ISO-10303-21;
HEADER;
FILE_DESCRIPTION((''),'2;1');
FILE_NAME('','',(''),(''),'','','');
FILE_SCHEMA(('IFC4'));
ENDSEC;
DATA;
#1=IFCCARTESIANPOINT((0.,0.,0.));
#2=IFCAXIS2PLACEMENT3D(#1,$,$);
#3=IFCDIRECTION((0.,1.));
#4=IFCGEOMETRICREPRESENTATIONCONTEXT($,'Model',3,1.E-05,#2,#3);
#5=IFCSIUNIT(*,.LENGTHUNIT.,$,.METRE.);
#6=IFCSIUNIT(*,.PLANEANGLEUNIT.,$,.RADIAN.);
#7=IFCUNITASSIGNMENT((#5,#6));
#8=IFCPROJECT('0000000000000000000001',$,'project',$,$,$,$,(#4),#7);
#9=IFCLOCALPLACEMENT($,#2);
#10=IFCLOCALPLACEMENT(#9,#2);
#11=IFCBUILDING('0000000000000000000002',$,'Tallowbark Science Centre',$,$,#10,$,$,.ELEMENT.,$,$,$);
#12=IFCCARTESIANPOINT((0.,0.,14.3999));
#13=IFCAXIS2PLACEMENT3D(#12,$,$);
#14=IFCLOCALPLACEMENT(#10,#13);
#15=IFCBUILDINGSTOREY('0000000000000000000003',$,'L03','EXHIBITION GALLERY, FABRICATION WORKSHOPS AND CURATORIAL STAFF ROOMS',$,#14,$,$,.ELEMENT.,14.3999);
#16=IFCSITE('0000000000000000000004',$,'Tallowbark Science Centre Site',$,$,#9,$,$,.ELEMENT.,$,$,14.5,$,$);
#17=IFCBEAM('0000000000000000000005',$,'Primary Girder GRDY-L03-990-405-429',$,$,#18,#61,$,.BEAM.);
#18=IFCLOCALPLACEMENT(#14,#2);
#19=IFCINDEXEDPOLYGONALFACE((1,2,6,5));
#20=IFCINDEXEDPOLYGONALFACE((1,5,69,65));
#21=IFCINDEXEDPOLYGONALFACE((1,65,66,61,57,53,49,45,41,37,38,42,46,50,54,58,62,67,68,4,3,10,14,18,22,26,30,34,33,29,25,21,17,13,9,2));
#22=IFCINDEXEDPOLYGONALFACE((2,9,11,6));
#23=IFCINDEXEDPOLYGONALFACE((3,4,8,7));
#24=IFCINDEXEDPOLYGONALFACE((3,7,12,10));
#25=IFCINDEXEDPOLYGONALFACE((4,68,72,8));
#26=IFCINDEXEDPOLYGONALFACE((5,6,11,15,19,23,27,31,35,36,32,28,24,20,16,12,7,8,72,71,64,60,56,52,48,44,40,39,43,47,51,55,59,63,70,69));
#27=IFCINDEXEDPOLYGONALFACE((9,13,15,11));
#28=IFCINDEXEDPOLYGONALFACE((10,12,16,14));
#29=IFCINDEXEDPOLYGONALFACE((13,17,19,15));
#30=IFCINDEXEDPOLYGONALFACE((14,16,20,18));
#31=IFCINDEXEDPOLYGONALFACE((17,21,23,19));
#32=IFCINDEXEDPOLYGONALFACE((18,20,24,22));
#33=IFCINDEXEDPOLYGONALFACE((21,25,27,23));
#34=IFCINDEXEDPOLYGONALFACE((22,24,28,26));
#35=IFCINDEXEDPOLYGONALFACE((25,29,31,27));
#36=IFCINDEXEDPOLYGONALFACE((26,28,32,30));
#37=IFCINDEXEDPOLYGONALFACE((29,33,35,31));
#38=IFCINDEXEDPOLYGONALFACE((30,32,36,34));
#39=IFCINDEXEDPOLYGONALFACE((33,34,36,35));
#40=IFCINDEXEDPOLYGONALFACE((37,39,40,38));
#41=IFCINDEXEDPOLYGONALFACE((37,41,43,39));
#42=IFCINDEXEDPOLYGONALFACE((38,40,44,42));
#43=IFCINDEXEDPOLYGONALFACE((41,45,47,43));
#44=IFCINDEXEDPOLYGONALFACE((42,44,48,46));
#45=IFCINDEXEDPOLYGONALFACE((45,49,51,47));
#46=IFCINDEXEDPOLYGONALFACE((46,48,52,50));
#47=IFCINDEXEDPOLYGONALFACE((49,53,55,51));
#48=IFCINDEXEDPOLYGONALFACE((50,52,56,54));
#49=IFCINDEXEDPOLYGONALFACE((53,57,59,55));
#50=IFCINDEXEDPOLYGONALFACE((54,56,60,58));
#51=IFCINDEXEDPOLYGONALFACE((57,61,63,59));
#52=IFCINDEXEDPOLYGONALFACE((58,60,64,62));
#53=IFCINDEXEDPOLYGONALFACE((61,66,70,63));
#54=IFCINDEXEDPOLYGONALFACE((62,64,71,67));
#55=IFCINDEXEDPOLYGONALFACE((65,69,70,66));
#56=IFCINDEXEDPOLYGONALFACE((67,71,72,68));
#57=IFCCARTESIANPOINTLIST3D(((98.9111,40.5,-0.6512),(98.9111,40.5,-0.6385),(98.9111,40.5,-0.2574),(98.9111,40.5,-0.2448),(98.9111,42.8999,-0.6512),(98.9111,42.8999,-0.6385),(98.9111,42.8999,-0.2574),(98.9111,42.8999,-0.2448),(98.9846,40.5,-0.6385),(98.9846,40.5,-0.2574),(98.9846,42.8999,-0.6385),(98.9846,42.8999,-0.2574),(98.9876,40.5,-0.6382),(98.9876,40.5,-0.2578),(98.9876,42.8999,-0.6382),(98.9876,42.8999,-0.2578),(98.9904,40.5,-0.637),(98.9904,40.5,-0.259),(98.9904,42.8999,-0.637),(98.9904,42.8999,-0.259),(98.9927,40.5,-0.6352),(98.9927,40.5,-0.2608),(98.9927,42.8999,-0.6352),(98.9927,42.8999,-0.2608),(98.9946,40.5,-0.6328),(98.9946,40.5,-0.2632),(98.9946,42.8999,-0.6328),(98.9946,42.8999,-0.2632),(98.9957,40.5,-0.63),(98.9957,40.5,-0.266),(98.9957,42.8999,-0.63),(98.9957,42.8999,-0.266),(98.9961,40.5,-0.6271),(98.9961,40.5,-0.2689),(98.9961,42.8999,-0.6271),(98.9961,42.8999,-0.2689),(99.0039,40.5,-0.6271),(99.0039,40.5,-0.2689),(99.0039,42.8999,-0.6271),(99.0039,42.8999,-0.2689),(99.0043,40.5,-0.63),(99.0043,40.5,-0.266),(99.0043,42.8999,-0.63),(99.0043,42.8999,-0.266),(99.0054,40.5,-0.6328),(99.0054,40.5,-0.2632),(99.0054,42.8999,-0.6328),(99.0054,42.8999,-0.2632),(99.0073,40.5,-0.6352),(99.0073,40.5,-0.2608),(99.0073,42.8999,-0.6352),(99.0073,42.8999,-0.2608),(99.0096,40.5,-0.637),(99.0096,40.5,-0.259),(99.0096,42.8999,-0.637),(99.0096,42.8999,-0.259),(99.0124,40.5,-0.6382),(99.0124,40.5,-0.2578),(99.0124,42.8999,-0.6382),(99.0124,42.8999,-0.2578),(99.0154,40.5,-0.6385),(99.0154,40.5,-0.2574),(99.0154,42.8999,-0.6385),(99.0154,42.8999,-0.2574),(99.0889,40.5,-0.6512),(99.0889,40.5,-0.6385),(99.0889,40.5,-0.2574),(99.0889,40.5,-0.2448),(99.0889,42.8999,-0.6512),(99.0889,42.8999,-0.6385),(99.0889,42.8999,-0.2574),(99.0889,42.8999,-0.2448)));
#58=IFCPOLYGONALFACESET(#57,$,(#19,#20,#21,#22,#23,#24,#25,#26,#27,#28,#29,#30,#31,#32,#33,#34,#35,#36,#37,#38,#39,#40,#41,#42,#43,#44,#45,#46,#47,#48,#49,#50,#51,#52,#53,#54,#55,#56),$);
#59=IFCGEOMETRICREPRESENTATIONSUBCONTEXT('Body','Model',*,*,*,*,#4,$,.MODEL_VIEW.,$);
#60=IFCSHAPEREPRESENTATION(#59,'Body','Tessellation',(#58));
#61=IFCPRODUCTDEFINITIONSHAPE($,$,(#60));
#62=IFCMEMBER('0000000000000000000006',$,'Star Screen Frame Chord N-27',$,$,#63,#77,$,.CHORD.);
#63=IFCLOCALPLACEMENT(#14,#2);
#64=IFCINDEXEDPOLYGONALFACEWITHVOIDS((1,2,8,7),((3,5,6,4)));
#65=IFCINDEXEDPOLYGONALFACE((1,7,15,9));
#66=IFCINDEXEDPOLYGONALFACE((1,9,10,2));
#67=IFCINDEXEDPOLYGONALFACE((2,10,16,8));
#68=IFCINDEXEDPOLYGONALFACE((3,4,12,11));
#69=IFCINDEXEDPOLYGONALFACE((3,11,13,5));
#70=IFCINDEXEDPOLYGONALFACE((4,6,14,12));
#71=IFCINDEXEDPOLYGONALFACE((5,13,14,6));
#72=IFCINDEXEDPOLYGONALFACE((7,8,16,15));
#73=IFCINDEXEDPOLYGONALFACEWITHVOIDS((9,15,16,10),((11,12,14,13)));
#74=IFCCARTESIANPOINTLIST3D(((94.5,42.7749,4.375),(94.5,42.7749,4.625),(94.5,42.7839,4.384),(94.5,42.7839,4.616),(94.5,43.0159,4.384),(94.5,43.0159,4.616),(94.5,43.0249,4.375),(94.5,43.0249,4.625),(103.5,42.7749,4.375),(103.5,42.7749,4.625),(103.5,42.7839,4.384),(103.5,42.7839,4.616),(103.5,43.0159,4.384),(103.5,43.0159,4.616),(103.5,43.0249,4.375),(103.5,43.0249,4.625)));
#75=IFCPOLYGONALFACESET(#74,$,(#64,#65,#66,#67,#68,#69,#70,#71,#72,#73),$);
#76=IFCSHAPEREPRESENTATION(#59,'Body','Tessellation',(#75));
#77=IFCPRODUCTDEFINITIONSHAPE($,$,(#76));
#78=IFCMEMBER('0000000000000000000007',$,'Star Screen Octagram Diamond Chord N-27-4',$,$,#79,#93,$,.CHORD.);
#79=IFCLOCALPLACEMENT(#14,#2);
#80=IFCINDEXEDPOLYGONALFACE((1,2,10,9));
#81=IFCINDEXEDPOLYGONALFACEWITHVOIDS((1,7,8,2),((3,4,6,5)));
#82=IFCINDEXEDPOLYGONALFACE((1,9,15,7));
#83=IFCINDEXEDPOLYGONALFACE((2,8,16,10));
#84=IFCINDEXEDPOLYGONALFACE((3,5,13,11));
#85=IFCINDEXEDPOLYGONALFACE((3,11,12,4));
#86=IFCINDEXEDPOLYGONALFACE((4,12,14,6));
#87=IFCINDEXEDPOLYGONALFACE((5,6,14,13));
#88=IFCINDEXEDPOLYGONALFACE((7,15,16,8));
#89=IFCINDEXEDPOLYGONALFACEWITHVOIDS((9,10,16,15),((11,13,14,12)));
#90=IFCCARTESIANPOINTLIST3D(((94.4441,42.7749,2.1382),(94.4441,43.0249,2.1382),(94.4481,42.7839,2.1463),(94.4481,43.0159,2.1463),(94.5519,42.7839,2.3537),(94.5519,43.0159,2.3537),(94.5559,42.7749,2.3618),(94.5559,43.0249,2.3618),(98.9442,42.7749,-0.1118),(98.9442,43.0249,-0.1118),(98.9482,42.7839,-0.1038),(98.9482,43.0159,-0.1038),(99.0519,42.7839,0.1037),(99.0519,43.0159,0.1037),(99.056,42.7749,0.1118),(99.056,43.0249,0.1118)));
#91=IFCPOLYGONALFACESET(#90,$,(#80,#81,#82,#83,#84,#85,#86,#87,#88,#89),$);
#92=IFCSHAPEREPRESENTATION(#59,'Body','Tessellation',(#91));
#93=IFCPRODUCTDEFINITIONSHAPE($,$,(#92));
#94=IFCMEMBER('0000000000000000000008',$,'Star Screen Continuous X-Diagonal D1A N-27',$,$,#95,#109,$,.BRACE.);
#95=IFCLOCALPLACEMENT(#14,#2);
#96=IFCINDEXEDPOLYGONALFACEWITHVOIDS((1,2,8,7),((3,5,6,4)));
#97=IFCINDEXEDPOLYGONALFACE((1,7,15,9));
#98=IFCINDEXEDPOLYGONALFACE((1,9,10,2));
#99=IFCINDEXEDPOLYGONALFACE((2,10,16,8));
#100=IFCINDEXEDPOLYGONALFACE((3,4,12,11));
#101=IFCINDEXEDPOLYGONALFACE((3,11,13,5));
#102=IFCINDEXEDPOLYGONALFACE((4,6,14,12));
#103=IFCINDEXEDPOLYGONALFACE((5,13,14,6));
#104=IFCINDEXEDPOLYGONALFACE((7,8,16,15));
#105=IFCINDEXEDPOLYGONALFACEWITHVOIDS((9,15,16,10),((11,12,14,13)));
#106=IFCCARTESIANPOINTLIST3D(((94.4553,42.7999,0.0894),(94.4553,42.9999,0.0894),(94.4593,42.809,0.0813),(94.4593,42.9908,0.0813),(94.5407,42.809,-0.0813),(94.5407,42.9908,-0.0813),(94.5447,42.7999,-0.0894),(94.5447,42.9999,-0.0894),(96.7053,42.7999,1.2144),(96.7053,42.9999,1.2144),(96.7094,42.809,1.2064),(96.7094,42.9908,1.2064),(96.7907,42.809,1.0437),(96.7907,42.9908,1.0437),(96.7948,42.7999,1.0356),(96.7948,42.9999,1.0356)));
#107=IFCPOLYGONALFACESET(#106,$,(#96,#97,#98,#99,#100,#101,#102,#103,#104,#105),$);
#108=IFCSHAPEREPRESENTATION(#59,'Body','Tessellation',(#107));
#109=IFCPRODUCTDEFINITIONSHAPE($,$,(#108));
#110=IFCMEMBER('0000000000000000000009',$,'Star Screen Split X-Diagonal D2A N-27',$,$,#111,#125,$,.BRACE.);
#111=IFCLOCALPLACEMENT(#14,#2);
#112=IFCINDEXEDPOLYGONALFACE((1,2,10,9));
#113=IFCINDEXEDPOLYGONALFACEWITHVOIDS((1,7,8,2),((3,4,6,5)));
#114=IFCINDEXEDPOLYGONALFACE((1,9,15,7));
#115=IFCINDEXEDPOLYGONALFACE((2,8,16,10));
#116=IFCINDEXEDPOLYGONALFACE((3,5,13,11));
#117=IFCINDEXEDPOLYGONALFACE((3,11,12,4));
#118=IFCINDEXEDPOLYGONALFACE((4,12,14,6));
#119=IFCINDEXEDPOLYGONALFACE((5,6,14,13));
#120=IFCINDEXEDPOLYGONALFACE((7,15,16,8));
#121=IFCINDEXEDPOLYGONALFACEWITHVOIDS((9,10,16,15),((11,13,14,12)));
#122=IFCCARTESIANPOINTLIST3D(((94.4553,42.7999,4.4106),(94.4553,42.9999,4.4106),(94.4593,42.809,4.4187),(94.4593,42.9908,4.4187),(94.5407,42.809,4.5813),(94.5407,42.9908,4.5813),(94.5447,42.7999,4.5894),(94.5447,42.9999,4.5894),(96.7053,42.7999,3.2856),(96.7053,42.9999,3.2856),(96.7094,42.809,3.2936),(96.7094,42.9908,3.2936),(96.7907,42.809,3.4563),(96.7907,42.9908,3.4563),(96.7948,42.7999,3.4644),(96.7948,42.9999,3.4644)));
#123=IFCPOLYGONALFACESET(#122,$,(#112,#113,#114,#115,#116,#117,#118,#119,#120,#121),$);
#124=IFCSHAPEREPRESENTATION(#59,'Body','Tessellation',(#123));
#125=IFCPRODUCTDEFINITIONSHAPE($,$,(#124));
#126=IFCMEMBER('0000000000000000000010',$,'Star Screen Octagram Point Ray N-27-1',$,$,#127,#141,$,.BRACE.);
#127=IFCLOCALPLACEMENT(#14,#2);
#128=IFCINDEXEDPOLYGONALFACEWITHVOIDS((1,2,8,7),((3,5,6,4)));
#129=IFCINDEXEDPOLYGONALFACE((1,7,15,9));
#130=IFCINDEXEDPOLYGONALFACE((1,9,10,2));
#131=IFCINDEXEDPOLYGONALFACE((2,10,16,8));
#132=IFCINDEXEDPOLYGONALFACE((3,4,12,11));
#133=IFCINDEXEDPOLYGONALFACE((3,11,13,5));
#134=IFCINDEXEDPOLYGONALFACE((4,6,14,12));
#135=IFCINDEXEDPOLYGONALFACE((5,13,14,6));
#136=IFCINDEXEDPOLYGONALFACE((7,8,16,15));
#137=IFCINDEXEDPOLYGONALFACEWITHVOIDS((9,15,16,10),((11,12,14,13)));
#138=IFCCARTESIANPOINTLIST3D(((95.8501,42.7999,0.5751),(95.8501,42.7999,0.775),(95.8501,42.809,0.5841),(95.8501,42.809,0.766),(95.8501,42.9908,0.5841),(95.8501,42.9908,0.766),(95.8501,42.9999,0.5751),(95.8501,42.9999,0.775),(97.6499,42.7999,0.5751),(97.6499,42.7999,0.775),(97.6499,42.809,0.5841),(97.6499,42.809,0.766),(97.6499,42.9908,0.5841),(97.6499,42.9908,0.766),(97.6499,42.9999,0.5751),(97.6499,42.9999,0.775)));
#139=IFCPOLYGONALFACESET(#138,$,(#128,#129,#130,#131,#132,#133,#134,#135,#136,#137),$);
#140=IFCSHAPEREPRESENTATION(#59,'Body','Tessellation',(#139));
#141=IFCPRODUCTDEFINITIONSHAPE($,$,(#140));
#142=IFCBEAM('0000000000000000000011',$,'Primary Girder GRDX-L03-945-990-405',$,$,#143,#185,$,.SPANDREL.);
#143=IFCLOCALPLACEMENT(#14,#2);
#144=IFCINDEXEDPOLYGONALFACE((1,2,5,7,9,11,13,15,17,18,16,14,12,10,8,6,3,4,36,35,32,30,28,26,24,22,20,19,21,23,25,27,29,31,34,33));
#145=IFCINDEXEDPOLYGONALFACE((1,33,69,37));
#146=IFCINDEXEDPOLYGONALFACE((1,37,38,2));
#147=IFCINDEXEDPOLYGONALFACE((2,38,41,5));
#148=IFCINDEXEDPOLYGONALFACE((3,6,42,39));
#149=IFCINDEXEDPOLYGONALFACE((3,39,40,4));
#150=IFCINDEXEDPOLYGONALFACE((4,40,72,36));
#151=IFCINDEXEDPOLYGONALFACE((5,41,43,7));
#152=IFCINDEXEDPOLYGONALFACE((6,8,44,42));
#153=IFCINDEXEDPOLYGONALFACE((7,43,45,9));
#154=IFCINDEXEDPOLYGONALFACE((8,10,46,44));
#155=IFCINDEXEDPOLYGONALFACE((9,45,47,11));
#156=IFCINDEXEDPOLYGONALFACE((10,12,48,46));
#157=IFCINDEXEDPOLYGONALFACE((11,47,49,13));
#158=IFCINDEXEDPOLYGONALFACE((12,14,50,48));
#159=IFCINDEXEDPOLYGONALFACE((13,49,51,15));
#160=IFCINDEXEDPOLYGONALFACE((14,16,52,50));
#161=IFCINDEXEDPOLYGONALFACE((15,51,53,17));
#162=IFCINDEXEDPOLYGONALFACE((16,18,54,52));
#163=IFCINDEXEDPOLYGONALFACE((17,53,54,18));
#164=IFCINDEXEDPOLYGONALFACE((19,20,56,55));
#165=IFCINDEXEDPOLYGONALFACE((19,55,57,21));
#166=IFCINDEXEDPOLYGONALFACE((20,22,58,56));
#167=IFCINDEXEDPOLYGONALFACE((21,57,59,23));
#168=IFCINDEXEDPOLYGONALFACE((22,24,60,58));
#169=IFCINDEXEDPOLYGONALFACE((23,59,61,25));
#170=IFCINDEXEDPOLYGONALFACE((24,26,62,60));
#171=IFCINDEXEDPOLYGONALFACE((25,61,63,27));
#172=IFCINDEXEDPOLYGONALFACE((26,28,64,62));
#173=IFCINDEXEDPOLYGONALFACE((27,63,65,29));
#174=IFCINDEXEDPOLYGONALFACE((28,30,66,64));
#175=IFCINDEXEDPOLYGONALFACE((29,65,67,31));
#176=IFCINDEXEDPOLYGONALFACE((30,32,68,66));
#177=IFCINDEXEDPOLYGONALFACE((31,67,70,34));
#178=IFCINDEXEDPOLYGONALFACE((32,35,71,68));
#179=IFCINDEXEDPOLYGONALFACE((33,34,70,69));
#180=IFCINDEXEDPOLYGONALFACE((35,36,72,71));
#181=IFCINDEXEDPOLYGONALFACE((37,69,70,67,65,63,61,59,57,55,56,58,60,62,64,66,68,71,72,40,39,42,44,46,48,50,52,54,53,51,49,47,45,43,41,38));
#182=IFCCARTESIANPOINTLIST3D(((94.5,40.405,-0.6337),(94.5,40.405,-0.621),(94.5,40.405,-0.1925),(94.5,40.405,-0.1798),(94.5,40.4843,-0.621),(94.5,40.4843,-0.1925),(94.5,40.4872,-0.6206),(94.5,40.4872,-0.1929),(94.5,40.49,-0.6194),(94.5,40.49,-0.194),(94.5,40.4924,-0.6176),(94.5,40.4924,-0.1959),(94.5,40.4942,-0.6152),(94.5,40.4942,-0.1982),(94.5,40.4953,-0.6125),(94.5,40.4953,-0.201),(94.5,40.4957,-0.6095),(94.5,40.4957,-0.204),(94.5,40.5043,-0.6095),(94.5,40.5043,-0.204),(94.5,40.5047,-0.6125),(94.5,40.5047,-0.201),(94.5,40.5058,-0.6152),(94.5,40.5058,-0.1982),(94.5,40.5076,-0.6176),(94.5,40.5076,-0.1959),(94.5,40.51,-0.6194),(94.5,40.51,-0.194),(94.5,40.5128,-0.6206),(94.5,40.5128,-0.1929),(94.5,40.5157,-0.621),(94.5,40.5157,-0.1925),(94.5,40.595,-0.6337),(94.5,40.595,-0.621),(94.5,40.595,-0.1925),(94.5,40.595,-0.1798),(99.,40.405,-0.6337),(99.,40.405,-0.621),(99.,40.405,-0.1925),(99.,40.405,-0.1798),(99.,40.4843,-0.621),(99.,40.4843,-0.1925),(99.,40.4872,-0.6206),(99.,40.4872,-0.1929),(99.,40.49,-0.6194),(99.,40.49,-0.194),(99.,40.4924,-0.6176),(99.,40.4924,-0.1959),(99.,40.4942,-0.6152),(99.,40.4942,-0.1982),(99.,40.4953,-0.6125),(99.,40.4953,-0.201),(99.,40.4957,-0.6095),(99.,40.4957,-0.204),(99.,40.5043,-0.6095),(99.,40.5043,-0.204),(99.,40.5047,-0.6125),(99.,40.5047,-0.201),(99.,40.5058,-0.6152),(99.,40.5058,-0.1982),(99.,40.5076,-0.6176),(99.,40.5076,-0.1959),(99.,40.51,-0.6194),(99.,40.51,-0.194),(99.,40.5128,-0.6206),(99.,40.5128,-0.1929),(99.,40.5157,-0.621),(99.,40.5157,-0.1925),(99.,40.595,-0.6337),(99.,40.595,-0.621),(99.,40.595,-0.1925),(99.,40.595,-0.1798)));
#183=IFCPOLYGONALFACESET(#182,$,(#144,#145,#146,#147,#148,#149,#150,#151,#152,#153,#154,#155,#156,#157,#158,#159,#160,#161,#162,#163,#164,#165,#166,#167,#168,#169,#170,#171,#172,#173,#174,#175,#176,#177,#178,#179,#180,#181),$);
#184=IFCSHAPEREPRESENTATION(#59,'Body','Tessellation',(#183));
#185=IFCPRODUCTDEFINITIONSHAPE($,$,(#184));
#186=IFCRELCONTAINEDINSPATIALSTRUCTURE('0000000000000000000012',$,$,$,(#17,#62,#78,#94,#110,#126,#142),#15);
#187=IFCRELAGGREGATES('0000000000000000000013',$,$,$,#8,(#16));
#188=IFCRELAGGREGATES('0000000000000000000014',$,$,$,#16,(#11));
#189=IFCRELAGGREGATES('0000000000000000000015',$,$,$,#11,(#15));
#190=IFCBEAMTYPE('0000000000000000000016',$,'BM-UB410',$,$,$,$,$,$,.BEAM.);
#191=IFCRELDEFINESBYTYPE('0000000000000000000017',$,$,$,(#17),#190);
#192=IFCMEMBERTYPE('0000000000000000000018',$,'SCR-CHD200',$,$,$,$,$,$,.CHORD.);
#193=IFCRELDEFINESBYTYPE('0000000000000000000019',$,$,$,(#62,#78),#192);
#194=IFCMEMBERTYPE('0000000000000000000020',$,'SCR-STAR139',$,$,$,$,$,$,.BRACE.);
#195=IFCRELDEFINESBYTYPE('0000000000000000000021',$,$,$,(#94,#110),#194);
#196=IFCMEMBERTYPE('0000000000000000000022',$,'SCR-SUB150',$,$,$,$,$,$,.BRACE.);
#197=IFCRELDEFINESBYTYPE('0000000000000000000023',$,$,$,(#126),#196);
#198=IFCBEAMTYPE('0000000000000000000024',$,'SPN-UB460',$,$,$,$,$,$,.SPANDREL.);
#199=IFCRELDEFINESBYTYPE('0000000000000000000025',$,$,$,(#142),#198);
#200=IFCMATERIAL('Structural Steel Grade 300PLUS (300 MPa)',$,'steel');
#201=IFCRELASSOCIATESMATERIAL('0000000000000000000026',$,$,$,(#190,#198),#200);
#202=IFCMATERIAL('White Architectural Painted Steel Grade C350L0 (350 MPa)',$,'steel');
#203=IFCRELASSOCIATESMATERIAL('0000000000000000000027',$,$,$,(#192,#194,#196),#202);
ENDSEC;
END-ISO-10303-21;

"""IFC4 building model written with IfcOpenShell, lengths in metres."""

from ifc_helpers import new_model, si_unit, direction, frame, origin, origin_2d, place, context, subcontext, project, spatial, hollow_rectangle, i_section, extrude, material, material_profile, profile_set, type_object, element, save


model = new_model("IFC4")

# Units and contexts
model_context = context("Model", 3, precision=1e-05, world=origin(), true_north=direction((0.0, 1.0)))
body_context = subcontext(model_context, "Body", "Model", "MODEL_VIEW")
ifc_project = project(units=[si_unit("LENGTHUNIT", "METRE"), si_unit("PLANEANGLEUNIT", "RADIAN")], contexts=[model_context])

# Site, building, storey
site_placement = place(None, origin())
site = spatial("IfcSite", under=ifc_project, at=site_placement, Name="Tallowbark Science Centre Site", CompositionType="ELEMENT", RefElevation=14.5)
building_placement = place(site_placement, origin())
building = spatial("IfcBuilding", under=site, at=building_placement, Name="Tallowbark Science Centre", CompositionType="ELEMENT")
storey_placement = place(building_placement, frame((0.0, 0.0, 14.3999)))
storey = spatial("IfcBuildingStorey", under=building, at=storey_placement, Name="L03", Description="EXHIBITION GALLERY, FABRICATION WORKSHOPS AND CURATORIAL STAFF ROOMS", CompositionType="ELEMENT", Elevation=14.3999)

# Shared definitions
ifc_material_1 = material(Name="White Architectural Painted Steel Grade C350L0 (350 MPa)", Category="steel")
ifc_material_2 = material(Name="Structural Steel Grade 300PLUS (300 MPa)", Category="steel")

# Beam
ifc_material_profile_1 = material_profile(ifc_material_2, i_section(OverallWidth=0.1777, OverallDepth=0.4065, WebThickness=0.0078, FlangeThickness=0.0127, FilletRadius=0.0115, at=origin_2d()), Name="410UB59.7")
ifc_profile_set_1 = profile_set([ifc_material_profile_1], Name="Structural Steel Grade 300PLUS (300 MPa)")
beam_type_1 = type_object("IfcBeamType", Name="BM-UB410", PredefinedType="BEAM", material=ifc_profile_set_1)
beam_1_placement = place(storey_placement, frame((99.0, 40.5, -0.448), z_axis=(0.0, 1.0, 0.0), x_axis=(-1.0, 0.0, 0.0)))
element("IfcBeam", 1, at=beam_1_placement, inside=storey, type_object=beam_type_1, Name="Primary Girder GRDY-L03-990-405-429", PredefinedType="BEAM", context=body_context, shape_type="SweptSolid", body=[
    extrude(i_section(OverallWidth=0.1777, OverallDepth=0.4065, WebThickness=0.0078, FlangeThickness=0.0127, FilletRadius=0.0115, at=origin_2d()), origin(), (0.0, 0.0, 1.0), 2.3999),
])

# Members
ifc_material_profile_2 = material_profile(ifc_material_1, hollow_rectangle(XDim=0.25, YDim=0.25, WallThickness=0.009, at=origin_2d()), Name="250x250x9.0SHS")
ifc_profile_set_2 = profile_set([ifc_material_profile_2], Name="White Architectural Painted Steel Grade C350L0 (350 MPa)")
member_type_1 = type_object("IfcMemberType", Name="SCR-CHD200", PredefinedType="CHORD", material=ifc_profile_set_2)
member_1_placement = place(storey_placement, frame((94.5, 42.8999, 4.5), z_axis=(1.0, 0.0, 0.0), x_axis=(0.0, 1.0, 0.0)))
element("IfcMember", 2, at=member_1_placement, inside=storey, type_object=member_type_1, Name="Star Screen Frame Chord N-27", PredefinedType="CHORD", context=body_context, shape_type="SweptSolid", body=[
    extrude(hollow_rectangle(XDim=0.25, YDim=0.25, WallThickness=0.009, at=origin_2d()), origin(), (0.0, 0.0, 1.0), 9.0),
])
member_2_placement = place(storey_placement, frame((94.5, 42.8999, 2.25), z_axis=(0.894427, 0.0, -0.447214), x_axis=(0.0, 1.0, 0.0)))
element("IfcMember", 3, at=member_2_placement, inside=storey, type_object=member_type_1, Name="Star Screen Octagram Diamond Chord N-27-4", PredefinedType="CHORD", context=body_context, shape_type="SweptSolid", body=[
    extrude(hollow_rectangle(XDim=0.25, YDim=0.25, WallThickness=0.009, at=origin_2d()), origin(), (0.0, 0.0, 1.0), 5.0312),
])
ifc_material_profile_3 = material_profile(ifc_material_1, hollow_rectangle(XDim=0.2, YDim=0.2, WallThickness=0.009, at=origin_2d()), Name="200x200x9.0SHS")
ifc_profile_set_3 = profile_set([ifc_material_profile_3], Name="White Architectural Painted Steel Grade C350L0 (350 MPa)")
member_type_2 = type_object("IfcMemberType", Name="SCR-STAR139", PredefinedType="BRACE", material=ifc_profile_set_3)
for number, where, z_axis, x_axis, name in (
    (4, (94.5, 42.8999, 0.0), (0.894427, 0.0, 0.447214), (0.0, 1.0, 0.0), "Star Screen Continuous X-Diagonal D1A N-27"),
    (5, (94.5, 42.8999, 4.5), (0.894427, 0.0, -0.447214), (0.0, 1.0, 0.0), "Star Screen Split X-Diagonal D2A N-27"),
):
    element("IfcMember", number, at=place(storey_placement, frame(where, z_axis=z_axis, x_axis=x_axis)), inside=storey, type_object=member_type_2, Name=name, PredefinedType="BRACE", context=body_context, shape_type="SweptSolid", body=[
        extrude(hollow_rectangle(XDim=0.2, YDim=0.2, WallThickness=0.009, at=origin_2d()), origin(), (0.0, 0.0, 1.0), 2.5156),
    ])
ifc_material_profile_4 = material_profile(ifc_material_1, hollow_rectangle(XDim=0.2, YDim=0.2, WallThickness=0.009, at=origin_2d()), Name="200x200x9.0SHS")
ifc_profile_set_4 = profile_set([ifc_material_profile_4], Name="White Architectural Painted Steel Grade C350L0 (350 MPa)")
member_type_3 = type_object("IfcMemberType", Name="SCR-SUB150", PredefinedType="BRACE", material=ifc_profile_set_4)
member_3_placement = place(storey_placement, frame((95.8501, 42.8999, 0.675), z_axis=(1.0, 0.0, 0.0), x_axis=(0.0, 1.0, 0.0)))
element("IfcMember", 6, at=member_3_placement, inside=storey, type_object=member_type_3, Name="Star Screen Octagram Point Ray N-27-1", PredefinedType="BRACE", context=body_context, shape_type="SweptSolid", body=[
    extrude(hollow_rectangle(XDim=0.2, YDim=0.2, WallThickness=0.009, at=origin_2d()), origin(), (0.0, 0.0, 1.0), 1.7998),
])

# Beam
ifc_material_profile_5 = material_profile(ifc_material_2, i_section(OverallWidth=0.1899, OverallDepth=0.4539, WebThickness=0.0085, FlangeThickness=0.0127, FilletRadius=0.0115, at=origin_2d()), Name="460UB67.1")
ifc_profile_set_5 = profile_set([ifc_material_profile_5], Name="Structural Steel Grade 300PLUS (300 MPa)")
beam_type_2 = type_object("IfcBeamType", Name="SPN-UB460", PredefinedType="SPANDREL", material=ifc_profile_set_5)
for number, where, z_axis, x_axis, name in (
    (7, (94.5, 40.5, -0.4067), (1.0, 0.0, 0.0), (0.0, 1.0, 0.0), "Primary Girder GRDX-L03-945-990-405"),
):
    element("IfcBeam", number, at=place(storey_placement, frame(where, z_axis=z_axis, x_axis=x_axis)), inside=storey, type_object=beam_type_2, Name=name, PredefinedType="SPANDREL", context=body_context, shape_type="SweptSolid", body=[
        extrude(i_section(OverallWidth=0.1899, OverallDepth=0.4539, WebThickness=0.0085, FlangeThickness=0.0127, FilletRadius=0.0115, at=origin_2d()), origin(), (0.0, 0.0, 1.0), 4.5),
    ])

save(model, "model.ifc")
